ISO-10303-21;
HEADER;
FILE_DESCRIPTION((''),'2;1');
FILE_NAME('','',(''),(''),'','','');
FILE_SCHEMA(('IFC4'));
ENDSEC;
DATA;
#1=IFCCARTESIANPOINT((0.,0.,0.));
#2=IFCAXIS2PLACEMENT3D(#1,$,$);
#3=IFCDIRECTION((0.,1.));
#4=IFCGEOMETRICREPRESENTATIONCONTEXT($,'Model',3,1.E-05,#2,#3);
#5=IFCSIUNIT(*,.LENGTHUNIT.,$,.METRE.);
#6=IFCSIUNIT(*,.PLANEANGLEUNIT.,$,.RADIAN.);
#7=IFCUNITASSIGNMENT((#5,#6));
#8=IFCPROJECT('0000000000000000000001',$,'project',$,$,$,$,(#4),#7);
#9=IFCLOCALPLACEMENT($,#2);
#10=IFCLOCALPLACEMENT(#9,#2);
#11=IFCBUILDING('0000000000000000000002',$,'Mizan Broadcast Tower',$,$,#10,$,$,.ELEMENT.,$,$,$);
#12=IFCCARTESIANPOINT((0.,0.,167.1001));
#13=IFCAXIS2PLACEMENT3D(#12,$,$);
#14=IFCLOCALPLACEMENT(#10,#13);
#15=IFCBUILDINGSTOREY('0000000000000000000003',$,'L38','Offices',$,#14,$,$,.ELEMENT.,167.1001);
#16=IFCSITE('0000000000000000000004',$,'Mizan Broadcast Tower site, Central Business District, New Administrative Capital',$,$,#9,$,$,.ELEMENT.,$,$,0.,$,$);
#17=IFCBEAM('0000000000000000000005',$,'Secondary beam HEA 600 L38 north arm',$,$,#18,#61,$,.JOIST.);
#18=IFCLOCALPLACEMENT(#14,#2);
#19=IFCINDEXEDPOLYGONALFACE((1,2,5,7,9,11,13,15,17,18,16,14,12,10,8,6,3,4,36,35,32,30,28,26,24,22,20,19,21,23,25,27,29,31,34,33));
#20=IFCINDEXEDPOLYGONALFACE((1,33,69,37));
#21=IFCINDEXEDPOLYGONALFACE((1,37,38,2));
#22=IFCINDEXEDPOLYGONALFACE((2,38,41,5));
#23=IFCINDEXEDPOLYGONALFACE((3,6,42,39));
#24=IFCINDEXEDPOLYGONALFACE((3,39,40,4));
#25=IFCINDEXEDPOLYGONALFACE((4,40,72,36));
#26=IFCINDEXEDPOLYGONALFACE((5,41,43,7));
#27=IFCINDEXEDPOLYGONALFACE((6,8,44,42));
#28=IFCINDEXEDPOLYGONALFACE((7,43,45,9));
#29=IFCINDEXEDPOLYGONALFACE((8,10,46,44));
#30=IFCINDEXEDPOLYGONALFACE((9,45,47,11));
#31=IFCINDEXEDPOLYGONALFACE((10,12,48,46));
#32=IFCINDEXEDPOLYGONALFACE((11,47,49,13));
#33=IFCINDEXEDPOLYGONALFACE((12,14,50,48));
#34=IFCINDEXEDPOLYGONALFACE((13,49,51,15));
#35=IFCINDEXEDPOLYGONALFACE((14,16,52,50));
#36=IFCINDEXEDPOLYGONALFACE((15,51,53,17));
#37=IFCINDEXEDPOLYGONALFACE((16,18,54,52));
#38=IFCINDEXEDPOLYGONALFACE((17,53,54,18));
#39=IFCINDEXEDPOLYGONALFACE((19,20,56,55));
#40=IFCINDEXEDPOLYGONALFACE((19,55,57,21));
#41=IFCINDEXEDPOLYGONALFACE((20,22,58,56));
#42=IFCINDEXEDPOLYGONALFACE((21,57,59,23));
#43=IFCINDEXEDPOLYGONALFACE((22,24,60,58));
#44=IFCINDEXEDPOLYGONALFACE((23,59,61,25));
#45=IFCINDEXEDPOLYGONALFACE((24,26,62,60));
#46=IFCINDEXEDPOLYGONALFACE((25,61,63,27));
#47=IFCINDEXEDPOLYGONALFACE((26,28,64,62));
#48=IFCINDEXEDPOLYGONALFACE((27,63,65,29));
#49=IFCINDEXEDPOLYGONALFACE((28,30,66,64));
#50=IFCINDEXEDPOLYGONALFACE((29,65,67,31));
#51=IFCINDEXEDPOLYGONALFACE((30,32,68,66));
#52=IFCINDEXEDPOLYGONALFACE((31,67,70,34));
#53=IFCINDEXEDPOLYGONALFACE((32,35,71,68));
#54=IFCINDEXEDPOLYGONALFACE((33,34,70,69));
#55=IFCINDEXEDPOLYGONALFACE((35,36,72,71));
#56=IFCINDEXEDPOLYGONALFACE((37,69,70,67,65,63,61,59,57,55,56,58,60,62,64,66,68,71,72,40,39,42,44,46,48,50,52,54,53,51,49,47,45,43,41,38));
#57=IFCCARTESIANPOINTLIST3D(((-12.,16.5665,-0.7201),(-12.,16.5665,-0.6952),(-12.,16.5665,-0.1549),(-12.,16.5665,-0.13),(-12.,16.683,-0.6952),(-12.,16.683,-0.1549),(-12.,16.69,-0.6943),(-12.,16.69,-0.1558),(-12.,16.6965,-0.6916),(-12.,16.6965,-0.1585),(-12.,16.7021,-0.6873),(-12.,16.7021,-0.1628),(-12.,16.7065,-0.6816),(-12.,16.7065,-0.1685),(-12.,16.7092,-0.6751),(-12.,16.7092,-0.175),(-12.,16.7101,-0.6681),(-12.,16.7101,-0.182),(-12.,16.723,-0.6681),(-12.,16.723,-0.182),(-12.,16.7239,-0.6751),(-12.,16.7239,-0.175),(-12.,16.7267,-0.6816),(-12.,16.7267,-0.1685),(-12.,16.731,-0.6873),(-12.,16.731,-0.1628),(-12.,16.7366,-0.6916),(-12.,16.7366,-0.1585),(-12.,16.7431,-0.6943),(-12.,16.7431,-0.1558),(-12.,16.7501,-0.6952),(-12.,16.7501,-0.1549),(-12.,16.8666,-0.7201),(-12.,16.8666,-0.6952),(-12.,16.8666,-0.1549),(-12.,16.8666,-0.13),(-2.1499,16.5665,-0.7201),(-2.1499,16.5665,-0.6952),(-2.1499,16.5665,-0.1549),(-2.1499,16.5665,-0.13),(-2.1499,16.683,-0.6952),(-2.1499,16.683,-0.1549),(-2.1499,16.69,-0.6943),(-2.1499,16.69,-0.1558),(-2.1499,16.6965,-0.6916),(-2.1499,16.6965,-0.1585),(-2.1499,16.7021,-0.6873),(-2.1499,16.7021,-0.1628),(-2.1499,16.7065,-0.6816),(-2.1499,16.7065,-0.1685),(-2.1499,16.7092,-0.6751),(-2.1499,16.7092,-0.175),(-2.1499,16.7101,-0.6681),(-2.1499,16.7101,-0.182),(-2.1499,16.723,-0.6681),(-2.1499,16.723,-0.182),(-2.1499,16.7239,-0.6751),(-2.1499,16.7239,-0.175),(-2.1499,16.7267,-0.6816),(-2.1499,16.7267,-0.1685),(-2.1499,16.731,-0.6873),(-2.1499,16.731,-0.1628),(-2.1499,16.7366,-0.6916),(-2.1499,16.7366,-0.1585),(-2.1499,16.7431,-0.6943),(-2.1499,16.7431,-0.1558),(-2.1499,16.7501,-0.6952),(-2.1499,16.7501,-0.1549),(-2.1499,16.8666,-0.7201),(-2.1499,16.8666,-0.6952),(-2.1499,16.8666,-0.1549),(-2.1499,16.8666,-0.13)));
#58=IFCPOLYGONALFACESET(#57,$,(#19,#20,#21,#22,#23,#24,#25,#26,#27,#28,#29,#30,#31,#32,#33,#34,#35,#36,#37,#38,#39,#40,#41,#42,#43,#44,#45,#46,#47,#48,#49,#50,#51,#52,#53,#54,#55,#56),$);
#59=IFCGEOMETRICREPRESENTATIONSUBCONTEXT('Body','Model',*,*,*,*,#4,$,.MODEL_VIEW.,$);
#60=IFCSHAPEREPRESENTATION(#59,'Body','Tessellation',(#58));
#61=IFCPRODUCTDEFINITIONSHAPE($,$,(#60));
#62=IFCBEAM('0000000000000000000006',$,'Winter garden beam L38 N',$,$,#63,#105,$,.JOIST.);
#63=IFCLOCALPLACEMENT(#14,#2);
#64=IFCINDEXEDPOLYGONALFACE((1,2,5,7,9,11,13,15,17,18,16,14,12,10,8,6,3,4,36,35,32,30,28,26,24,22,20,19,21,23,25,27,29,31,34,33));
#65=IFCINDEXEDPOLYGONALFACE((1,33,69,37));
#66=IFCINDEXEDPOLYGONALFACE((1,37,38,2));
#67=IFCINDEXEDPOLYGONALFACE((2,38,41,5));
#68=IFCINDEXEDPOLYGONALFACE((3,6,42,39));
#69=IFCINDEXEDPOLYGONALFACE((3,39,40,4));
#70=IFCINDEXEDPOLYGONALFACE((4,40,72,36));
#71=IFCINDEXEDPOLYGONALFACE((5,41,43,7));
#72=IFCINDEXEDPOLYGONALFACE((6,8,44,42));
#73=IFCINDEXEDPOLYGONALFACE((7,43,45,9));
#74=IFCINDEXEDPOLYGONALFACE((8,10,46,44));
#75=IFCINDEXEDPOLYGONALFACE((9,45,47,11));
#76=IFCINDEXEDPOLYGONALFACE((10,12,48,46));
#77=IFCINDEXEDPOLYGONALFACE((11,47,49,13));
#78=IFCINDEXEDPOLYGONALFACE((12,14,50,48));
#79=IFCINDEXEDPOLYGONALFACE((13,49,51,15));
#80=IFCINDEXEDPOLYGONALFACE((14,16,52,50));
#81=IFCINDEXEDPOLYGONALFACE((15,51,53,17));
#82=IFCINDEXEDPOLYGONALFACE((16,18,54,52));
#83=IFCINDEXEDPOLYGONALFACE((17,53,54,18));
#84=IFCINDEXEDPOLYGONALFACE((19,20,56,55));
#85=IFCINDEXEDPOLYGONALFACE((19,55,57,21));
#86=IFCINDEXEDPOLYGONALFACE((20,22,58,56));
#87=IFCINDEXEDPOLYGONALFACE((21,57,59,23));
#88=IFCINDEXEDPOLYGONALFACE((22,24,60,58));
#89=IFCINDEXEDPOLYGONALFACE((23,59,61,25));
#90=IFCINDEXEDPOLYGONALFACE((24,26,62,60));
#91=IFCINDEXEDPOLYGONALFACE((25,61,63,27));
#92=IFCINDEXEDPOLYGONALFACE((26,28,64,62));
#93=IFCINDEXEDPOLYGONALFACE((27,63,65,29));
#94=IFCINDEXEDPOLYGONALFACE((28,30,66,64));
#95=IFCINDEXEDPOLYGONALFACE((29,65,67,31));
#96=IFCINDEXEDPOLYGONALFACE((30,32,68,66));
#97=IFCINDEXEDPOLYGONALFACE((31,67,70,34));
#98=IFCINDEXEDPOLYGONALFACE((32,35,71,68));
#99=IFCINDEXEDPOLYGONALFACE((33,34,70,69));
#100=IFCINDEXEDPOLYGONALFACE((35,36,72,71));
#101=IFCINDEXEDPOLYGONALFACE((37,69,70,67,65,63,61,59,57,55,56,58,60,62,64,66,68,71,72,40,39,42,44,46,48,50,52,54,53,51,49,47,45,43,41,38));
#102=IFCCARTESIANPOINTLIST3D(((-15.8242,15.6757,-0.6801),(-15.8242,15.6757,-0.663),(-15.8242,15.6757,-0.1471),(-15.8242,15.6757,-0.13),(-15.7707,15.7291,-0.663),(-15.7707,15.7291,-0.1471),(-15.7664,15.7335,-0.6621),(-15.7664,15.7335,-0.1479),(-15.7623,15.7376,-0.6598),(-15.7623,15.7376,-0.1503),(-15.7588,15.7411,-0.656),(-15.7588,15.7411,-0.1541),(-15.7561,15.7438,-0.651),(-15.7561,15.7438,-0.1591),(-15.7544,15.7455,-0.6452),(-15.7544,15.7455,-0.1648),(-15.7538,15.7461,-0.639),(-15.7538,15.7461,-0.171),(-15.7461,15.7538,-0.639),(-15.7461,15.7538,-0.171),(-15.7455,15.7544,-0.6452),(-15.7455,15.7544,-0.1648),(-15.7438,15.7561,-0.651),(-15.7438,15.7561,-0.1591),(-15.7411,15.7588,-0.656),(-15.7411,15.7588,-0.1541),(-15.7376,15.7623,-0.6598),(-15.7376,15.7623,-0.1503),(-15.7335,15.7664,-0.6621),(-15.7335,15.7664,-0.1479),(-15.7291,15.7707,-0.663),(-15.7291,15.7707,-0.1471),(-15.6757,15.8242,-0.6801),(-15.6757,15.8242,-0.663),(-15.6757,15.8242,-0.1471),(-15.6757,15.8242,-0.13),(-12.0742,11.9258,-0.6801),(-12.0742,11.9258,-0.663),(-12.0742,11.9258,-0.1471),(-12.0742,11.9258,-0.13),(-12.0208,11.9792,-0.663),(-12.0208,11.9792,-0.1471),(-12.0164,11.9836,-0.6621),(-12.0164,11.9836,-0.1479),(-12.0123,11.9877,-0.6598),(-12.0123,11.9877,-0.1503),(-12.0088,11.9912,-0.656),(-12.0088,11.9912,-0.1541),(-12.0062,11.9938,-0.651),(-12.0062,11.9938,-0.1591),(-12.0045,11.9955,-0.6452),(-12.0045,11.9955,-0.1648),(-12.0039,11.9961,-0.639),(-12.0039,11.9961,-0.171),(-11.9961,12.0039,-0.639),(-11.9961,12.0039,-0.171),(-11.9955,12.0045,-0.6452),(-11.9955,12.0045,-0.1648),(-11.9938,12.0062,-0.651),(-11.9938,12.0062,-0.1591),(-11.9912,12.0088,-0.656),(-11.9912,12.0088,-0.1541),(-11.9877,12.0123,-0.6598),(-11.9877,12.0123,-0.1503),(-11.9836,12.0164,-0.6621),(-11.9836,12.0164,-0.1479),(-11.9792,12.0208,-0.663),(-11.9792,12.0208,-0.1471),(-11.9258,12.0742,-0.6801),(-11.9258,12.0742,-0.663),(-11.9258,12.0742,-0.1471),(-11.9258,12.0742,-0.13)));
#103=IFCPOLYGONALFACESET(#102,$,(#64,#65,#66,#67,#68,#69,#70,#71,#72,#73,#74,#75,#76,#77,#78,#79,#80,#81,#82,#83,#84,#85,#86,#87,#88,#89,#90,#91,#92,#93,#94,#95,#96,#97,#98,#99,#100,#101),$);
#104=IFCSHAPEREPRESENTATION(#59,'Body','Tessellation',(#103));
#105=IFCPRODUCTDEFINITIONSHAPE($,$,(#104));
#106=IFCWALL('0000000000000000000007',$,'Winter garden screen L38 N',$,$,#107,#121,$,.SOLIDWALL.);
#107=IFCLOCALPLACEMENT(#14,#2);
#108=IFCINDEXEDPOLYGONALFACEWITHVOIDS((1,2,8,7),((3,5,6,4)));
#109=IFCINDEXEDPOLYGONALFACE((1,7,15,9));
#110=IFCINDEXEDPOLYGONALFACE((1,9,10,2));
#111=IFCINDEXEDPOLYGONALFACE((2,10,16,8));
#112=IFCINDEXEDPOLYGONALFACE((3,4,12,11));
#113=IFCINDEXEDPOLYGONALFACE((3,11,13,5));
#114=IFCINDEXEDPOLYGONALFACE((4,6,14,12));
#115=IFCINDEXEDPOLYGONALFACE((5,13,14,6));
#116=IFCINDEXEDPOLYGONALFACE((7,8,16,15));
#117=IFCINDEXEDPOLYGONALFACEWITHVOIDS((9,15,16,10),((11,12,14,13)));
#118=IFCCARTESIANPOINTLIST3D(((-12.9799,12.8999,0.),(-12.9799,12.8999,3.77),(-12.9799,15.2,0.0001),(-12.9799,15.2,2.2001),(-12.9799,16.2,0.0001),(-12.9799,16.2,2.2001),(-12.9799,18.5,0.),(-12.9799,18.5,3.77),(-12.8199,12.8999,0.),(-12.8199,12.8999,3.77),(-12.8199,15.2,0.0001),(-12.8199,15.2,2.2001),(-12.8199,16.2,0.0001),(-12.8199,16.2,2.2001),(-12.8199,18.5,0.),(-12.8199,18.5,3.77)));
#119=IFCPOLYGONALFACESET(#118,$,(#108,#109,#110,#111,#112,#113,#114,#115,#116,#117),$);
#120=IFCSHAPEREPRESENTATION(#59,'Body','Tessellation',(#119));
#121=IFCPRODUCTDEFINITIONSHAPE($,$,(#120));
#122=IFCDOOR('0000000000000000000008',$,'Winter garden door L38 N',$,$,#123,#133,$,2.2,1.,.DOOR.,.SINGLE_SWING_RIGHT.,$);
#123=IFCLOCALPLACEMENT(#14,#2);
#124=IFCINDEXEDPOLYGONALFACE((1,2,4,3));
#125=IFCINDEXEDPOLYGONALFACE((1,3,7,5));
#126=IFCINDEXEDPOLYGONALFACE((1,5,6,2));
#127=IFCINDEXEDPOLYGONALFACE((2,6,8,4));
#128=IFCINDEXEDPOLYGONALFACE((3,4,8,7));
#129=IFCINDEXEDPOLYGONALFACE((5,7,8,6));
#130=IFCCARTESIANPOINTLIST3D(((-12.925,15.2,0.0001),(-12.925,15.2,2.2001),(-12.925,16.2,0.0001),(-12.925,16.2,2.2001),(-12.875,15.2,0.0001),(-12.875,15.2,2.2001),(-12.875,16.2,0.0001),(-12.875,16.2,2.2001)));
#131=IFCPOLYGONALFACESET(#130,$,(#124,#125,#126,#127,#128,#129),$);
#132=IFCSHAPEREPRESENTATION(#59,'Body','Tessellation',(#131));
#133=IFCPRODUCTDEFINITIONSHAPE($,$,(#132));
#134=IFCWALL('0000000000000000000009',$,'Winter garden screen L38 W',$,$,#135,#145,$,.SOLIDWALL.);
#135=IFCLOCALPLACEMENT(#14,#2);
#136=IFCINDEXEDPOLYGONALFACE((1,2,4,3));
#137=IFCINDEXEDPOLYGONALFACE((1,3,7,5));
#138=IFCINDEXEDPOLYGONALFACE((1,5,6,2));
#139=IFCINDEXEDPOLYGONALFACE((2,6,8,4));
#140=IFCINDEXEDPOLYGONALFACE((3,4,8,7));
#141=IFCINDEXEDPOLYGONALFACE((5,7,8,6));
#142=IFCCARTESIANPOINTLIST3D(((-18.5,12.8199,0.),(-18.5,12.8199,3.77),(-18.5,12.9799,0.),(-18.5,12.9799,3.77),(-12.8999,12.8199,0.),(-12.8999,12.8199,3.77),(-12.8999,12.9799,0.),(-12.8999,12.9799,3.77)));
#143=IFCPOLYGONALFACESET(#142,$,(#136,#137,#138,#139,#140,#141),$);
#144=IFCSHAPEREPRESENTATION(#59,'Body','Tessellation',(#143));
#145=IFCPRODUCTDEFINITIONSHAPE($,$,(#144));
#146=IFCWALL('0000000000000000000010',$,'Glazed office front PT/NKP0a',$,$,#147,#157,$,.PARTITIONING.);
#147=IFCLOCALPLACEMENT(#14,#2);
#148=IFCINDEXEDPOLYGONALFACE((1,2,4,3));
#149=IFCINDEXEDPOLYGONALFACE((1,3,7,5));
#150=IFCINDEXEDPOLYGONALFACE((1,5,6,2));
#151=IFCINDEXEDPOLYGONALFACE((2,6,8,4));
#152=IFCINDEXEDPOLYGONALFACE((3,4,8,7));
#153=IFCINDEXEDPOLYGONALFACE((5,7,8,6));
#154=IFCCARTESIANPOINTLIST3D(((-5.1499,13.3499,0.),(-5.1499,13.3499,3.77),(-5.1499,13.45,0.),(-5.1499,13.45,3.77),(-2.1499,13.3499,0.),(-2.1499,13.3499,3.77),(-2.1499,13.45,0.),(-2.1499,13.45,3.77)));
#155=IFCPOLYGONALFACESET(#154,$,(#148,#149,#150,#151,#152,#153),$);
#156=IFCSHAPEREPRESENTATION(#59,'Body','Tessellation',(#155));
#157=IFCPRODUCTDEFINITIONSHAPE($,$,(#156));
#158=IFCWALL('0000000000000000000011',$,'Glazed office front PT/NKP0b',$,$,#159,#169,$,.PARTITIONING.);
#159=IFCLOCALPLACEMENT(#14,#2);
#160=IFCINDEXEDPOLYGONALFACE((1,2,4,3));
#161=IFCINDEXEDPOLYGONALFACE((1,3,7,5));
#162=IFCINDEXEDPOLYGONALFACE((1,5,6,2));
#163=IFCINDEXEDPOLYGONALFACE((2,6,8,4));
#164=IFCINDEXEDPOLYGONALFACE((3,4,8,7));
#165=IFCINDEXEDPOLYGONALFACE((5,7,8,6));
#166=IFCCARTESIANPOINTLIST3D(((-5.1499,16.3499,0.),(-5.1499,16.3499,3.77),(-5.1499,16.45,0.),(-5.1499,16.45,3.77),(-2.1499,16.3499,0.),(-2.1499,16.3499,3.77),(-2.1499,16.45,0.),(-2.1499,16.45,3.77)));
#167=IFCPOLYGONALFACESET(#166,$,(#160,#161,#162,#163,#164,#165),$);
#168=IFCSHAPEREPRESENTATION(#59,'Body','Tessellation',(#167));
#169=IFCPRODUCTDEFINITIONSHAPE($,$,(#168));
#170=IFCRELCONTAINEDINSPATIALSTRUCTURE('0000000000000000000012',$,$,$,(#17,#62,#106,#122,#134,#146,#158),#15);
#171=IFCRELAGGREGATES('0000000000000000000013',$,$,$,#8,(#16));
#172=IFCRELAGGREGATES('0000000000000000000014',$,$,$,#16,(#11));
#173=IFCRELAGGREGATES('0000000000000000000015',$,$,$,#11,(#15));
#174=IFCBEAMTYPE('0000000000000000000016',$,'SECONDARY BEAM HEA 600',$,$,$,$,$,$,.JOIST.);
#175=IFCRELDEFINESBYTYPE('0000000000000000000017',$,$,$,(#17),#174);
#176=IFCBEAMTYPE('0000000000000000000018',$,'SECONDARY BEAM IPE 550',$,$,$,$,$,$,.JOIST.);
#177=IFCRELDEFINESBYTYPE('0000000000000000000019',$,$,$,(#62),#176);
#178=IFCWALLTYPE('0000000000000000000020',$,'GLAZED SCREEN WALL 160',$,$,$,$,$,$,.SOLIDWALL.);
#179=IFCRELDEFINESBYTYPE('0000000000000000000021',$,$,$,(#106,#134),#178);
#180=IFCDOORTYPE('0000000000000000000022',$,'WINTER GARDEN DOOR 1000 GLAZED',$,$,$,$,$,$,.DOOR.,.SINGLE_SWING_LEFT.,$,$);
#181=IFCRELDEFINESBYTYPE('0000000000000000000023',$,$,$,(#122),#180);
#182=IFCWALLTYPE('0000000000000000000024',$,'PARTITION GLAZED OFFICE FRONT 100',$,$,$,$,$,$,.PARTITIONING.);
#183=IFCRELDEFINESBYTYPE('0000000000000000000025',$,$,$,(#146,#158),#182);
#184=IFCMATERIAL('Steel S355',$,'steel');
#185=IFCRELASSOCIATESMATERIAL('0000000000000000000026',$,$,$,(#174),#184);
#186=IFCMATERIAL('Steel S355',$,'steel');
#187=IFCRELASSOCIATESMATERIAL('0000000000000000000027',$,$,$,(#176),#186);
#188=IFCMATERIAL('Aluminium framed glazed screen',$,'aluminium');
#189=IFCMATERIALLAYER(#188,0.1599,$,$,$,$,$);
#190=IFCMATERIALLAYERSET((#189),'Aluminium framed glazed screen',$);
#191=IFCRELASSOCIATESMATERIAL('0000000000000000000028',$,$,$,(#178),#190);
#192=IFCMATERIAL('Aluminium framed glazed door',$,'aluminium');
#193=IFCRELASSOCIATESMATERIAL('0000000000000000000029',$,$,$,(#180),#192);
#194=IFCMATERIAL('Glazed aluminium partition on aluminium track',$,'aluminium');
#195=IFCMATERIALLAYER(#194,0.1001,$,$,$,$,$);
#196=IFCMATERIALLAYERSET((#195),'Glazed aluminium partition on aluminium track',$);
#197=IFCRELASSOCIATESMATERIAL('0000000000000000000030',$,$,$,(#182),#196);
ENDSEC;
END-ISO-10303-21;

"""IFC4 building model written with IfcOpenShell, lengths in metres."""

from ifc_helpers import new_model, si_unit, direction, frame, frame_2d, origin, origin_2d, place, context, subcontext, project, spatial, rectangle, i_section, extrude, material, layer, layer_set, material_profile, profile_set, type_object, element, fill, save


model = new_model("IFC4")

# Units and contexts
model_context = context("Model", 3, precision=1e-05, world=origin(), true_north=direction((0.0, 1.0)))
body_context = subcontext(model_context, "Body", "Model", "MODEL_VIEW")
ifc_project = project(units=[si_unit("LENGTHUNIT", "METRE"), si_unit("PLANEANGLEUNIT", "RADIAN")], contexts=[model_context])

# Site, building, storey
site_placement = place(None, origin())
site = spatial("IfcSite", under=ifc_project, at=site_placement, Name="Mizan Broadcast Tower site, Central Business District, New Administrative Capital", CompositionType="ELEMENT", RefElevation=0.0)
building_placement = place(site_placement, origin())
building = spatial("IfcBuilding", under=site, at=building_placement, Name="Mizan Broadcast Tower", CompositionType="ELEMENT")
storey_placement = place(building_placement, frame((0.0, 0.0, 167.1001)))
storey = spatial("IfcBuildingStorey", under=building, at=storey_placement, Name="L38", Description="Offices", CompositionType="ELEMENT", Elevation=167.1001)

# Beams
ifc_material_1 = material(Name="Steel S355", Category="steel")
ifc_material_profile_1 = material_profile(ifc_material_1, i_section(OverallWidth=0.3, OverallDepth=0.5901, WebThickness=0.0129, FlangeThickness=0.0249, FilletRadius=0.0271, at=origin_2d()), Name="HEA 600")
ifc_profile_set_1 = profile_set([ifc_material_profile_1], Name="Steel S355")
beam_type_1 = type_object("IfcBeamType", Name="SECONDARY BEAM HEA 600", PredefinedType="JOIST", material=ifc_profile_set_1)
for number, where, z_axis, x_axis, name in (
    (1, (-12.0, 16.7166, -0.425), (1.0, 0.0, 0.0), (0.0, 1.0, 0.0), "Secondary beam HEA 600 L38 north arm"),
):
    element("IfcBeam", number, at=place(storey_placement, frame(where, z_axis=z_axis, x_axis=x_axis)), inside=storey, type_object=beam_type_1, Name=name, PredefinedType="JOIST", context=body_context, shape_type="SweptSolid", body=[
        extrude(i_section(OverallWidth=0.3, OverallDepth=0.5901, WebThickness=0.0129, FlangeThickness=0.0249, FilletRadius=0.0271, at=origin_2d()), origin(), (0.0, 0.0, 1.0), 9.8501),
    ])
ifc_material_2 = material(Name="Steel S355", Category="steel")
ifc_material_profile_2 = material_profile(ifc_material_2, i_section(OverallWidth=0.21, OverallDepth=0.55, WebThickness=0.011, FlangeThickness=0.0171, FilletRadius=0.0239, at=origin_2d()), Name="IPE 550")
ifc_profile_set_2 = profile_set([ifc_material_profile_2], Name="Steel S355")
beam_type_2 = type_object("IfcBeamType", Name="SECONDARY BEAM IPE 550", PredefinedType="JOIST", material=ifc_profile_set_2)
beam_1_placement = place(storey_placement, frame((-12.0, 12.0, -0.405), z_axis=(-0.707107, 0.707107, 0.0), x_axis=(-0.707107, -0.707107, 0.0)))
element("IfcBeam", 2, at=beam_1_placement, inside=storey, type_object=beam_type_2, Name="Winter garden beam L38 N", PredefinedType="JOIST", context=body_context, shape_type="SweptSolid", body=[
    extrude(i_section(OverallWidth=0.21, OverallDepth=0.55, WebThickness=0.011, FlangeThickness=0.0171, FilletRadius=0.0239, at=origin_2d()), origin(), (0.0, 0.0, 1.0), 5.3032),
])

# Wall, opening, door
ifc_material_3 = material(Name="Aluminium framed glazed screen", Category="aluminium")
ifc_layer_1 = layer(ifc_material_3, 0.1599)
ifc_layer_set_1 = layer_set([ifc_layer_1], Name="Aluminium framed glazed screen")
wall_type_1 = type_object("IfcWallType", Name="GLAZED SCREEN WALL 160", PredefinedType="SOLIDWALL", material=ifc_layer_set_1)
wall_1_placement = place(storey_placement, frame((-12.8999, 18.5, 0.0), z_axis=(0.0, 0.0, 1.0), x_axis=(0.0, -1.0, 0.0)))
wall_1 = element("IfcWall", 3, at=wall_1_placement, inside=storey, type_object=wall_type_1, Name="Winter garden screen L38 N", PredefinedType="SOLIDWALL", context=body_context, shape_type="SweptSolid", body=[
    extrude(rectangle(XDim=5.6001, YDim=0.1599, at=frame_2d((2.8, 0.0))), origin(), (0.0, 0.0, 1.0), 3.77),
])
opening_1_placement = place(wall_1_placement, frame((2.3, 0.0, 0.0)))
opening_1 = element("IfcOpeningElement", 4, at=opening_1_placement, cuts=wall_1, PredefinedType="OPENING", context=body_context, shape_type="SweptSolid", body=[
    extrude(rectangle(XDim=1.0, YDim=2.2, at=frame_2d((0.5, 1.1001))), frame((0.0, 0.0898, 0.0), z_axis=(0.0, -1.0, 0.0), x_axis=(1.0, 0.0, 0.0)), (0.0, 0.0, 1.0), 0.1799),
])
ifc_material_4 = material(Name="Aluminium framed glazed door", Category="aluminium")
door_type_1 = type_object("IfcDoorType", Name="WINTER GARDEN DOOR 1000 GLAZED", OperationType="SINGLE_SWING_LEFT", PredefinedType="DOOR", material=ifc_material_4)
door_1_placement = place(opening_1_placement, origin())
door_1 = element("IfcDoor", 5, at=door_1_placement, inside=storey, type_object=door_type_1, Name="Winter garden door L38 N", OperationType="SINGLE_SWING_RIGHT", OverallHeight=2.2, OverallWidth=1.0, PredefinedType="DOOR", context=body_context, shape_type="SweptSolid", body=[
    extrude(rectangle(XDim=1.0, YDim=2.2, at=frame_2d((0.5, 1.1001))), frame((0.0, 0.0249, 0.0), z_axis=(0.0, -1.0, 0.0), x_axis=(1.0, 0.0, 0.0)), (0.0, 0.0, 1.0), 0.05),
])
fill(opening_1, door_1)

# Walls
wall_2_placement = place(storey_placement, frame((-12.8999, 12.8999, 0.0), z_axis=(0.0, 0.0, 1.0), x_axis=(-1.0, 0.0, 0.0)))
element("IfcWall", 6, at=wall_2_placement, inside=storey, type_object=wall_type_1, Name="Winter garden screen L38 W", PredefinedType="SOLIDWALL", context=body_context, shape_type="SweptSolid", body=[
    extrude(rectangle(XDim=5.6001, YDim=0.1599, at=frame_2d((2.8, 0.0))), origin(), (0.0, 0.0, 1.0), 3.77),
])
ifc_material_5 = material(Name="Glazed aluminium partition on aluminium track", Category="aluminium")
ifc_layer_2 = layer(ifc_material_5, 0.1001)
ifc_layer_set_2 = layer_set([ifc_layer_2], Name="Glazed aluminium partition on aluminium track")
wall_type_2 = type_object("IfcWallType", Name="PARTITION GLAZED OFFICE FRONT 100", PredefinedType="PARTITIONING", material=ifc_layer_set_2)
for number, where, z_axis, x_axis, name in (
    (7, (-2.1499, 13.3999, 0.0), (0.0, 0.0, 1.0), (-1.0, 0.0, 0.0), "Glazed office front PT/NKP0a"),
    (8, (-2.1499, 16.3999, 0.0), (0.0, 0.0, 1.0), (-1.0, 0.0, 0.0), "Glazed office front PT/NKP0b"),
):
    element("IfcWall", number, at=place(storey_placement, frame(where, z_axis=z_axis, x_axis=x_axis)), inside=storey, type_object=wall_type_2, Name=name, PredefinedType="PARTITIONING", context=body_context, shape_type="SweptSolid", body=[
        extrude(rectangle(XDim=3.0, YDim=0.1001, at=frame_2d((1.5, 0.0))), origin(), (0.0, 0.0, 1.0), 3.77),
    ])

save(model, "model.ifc")
